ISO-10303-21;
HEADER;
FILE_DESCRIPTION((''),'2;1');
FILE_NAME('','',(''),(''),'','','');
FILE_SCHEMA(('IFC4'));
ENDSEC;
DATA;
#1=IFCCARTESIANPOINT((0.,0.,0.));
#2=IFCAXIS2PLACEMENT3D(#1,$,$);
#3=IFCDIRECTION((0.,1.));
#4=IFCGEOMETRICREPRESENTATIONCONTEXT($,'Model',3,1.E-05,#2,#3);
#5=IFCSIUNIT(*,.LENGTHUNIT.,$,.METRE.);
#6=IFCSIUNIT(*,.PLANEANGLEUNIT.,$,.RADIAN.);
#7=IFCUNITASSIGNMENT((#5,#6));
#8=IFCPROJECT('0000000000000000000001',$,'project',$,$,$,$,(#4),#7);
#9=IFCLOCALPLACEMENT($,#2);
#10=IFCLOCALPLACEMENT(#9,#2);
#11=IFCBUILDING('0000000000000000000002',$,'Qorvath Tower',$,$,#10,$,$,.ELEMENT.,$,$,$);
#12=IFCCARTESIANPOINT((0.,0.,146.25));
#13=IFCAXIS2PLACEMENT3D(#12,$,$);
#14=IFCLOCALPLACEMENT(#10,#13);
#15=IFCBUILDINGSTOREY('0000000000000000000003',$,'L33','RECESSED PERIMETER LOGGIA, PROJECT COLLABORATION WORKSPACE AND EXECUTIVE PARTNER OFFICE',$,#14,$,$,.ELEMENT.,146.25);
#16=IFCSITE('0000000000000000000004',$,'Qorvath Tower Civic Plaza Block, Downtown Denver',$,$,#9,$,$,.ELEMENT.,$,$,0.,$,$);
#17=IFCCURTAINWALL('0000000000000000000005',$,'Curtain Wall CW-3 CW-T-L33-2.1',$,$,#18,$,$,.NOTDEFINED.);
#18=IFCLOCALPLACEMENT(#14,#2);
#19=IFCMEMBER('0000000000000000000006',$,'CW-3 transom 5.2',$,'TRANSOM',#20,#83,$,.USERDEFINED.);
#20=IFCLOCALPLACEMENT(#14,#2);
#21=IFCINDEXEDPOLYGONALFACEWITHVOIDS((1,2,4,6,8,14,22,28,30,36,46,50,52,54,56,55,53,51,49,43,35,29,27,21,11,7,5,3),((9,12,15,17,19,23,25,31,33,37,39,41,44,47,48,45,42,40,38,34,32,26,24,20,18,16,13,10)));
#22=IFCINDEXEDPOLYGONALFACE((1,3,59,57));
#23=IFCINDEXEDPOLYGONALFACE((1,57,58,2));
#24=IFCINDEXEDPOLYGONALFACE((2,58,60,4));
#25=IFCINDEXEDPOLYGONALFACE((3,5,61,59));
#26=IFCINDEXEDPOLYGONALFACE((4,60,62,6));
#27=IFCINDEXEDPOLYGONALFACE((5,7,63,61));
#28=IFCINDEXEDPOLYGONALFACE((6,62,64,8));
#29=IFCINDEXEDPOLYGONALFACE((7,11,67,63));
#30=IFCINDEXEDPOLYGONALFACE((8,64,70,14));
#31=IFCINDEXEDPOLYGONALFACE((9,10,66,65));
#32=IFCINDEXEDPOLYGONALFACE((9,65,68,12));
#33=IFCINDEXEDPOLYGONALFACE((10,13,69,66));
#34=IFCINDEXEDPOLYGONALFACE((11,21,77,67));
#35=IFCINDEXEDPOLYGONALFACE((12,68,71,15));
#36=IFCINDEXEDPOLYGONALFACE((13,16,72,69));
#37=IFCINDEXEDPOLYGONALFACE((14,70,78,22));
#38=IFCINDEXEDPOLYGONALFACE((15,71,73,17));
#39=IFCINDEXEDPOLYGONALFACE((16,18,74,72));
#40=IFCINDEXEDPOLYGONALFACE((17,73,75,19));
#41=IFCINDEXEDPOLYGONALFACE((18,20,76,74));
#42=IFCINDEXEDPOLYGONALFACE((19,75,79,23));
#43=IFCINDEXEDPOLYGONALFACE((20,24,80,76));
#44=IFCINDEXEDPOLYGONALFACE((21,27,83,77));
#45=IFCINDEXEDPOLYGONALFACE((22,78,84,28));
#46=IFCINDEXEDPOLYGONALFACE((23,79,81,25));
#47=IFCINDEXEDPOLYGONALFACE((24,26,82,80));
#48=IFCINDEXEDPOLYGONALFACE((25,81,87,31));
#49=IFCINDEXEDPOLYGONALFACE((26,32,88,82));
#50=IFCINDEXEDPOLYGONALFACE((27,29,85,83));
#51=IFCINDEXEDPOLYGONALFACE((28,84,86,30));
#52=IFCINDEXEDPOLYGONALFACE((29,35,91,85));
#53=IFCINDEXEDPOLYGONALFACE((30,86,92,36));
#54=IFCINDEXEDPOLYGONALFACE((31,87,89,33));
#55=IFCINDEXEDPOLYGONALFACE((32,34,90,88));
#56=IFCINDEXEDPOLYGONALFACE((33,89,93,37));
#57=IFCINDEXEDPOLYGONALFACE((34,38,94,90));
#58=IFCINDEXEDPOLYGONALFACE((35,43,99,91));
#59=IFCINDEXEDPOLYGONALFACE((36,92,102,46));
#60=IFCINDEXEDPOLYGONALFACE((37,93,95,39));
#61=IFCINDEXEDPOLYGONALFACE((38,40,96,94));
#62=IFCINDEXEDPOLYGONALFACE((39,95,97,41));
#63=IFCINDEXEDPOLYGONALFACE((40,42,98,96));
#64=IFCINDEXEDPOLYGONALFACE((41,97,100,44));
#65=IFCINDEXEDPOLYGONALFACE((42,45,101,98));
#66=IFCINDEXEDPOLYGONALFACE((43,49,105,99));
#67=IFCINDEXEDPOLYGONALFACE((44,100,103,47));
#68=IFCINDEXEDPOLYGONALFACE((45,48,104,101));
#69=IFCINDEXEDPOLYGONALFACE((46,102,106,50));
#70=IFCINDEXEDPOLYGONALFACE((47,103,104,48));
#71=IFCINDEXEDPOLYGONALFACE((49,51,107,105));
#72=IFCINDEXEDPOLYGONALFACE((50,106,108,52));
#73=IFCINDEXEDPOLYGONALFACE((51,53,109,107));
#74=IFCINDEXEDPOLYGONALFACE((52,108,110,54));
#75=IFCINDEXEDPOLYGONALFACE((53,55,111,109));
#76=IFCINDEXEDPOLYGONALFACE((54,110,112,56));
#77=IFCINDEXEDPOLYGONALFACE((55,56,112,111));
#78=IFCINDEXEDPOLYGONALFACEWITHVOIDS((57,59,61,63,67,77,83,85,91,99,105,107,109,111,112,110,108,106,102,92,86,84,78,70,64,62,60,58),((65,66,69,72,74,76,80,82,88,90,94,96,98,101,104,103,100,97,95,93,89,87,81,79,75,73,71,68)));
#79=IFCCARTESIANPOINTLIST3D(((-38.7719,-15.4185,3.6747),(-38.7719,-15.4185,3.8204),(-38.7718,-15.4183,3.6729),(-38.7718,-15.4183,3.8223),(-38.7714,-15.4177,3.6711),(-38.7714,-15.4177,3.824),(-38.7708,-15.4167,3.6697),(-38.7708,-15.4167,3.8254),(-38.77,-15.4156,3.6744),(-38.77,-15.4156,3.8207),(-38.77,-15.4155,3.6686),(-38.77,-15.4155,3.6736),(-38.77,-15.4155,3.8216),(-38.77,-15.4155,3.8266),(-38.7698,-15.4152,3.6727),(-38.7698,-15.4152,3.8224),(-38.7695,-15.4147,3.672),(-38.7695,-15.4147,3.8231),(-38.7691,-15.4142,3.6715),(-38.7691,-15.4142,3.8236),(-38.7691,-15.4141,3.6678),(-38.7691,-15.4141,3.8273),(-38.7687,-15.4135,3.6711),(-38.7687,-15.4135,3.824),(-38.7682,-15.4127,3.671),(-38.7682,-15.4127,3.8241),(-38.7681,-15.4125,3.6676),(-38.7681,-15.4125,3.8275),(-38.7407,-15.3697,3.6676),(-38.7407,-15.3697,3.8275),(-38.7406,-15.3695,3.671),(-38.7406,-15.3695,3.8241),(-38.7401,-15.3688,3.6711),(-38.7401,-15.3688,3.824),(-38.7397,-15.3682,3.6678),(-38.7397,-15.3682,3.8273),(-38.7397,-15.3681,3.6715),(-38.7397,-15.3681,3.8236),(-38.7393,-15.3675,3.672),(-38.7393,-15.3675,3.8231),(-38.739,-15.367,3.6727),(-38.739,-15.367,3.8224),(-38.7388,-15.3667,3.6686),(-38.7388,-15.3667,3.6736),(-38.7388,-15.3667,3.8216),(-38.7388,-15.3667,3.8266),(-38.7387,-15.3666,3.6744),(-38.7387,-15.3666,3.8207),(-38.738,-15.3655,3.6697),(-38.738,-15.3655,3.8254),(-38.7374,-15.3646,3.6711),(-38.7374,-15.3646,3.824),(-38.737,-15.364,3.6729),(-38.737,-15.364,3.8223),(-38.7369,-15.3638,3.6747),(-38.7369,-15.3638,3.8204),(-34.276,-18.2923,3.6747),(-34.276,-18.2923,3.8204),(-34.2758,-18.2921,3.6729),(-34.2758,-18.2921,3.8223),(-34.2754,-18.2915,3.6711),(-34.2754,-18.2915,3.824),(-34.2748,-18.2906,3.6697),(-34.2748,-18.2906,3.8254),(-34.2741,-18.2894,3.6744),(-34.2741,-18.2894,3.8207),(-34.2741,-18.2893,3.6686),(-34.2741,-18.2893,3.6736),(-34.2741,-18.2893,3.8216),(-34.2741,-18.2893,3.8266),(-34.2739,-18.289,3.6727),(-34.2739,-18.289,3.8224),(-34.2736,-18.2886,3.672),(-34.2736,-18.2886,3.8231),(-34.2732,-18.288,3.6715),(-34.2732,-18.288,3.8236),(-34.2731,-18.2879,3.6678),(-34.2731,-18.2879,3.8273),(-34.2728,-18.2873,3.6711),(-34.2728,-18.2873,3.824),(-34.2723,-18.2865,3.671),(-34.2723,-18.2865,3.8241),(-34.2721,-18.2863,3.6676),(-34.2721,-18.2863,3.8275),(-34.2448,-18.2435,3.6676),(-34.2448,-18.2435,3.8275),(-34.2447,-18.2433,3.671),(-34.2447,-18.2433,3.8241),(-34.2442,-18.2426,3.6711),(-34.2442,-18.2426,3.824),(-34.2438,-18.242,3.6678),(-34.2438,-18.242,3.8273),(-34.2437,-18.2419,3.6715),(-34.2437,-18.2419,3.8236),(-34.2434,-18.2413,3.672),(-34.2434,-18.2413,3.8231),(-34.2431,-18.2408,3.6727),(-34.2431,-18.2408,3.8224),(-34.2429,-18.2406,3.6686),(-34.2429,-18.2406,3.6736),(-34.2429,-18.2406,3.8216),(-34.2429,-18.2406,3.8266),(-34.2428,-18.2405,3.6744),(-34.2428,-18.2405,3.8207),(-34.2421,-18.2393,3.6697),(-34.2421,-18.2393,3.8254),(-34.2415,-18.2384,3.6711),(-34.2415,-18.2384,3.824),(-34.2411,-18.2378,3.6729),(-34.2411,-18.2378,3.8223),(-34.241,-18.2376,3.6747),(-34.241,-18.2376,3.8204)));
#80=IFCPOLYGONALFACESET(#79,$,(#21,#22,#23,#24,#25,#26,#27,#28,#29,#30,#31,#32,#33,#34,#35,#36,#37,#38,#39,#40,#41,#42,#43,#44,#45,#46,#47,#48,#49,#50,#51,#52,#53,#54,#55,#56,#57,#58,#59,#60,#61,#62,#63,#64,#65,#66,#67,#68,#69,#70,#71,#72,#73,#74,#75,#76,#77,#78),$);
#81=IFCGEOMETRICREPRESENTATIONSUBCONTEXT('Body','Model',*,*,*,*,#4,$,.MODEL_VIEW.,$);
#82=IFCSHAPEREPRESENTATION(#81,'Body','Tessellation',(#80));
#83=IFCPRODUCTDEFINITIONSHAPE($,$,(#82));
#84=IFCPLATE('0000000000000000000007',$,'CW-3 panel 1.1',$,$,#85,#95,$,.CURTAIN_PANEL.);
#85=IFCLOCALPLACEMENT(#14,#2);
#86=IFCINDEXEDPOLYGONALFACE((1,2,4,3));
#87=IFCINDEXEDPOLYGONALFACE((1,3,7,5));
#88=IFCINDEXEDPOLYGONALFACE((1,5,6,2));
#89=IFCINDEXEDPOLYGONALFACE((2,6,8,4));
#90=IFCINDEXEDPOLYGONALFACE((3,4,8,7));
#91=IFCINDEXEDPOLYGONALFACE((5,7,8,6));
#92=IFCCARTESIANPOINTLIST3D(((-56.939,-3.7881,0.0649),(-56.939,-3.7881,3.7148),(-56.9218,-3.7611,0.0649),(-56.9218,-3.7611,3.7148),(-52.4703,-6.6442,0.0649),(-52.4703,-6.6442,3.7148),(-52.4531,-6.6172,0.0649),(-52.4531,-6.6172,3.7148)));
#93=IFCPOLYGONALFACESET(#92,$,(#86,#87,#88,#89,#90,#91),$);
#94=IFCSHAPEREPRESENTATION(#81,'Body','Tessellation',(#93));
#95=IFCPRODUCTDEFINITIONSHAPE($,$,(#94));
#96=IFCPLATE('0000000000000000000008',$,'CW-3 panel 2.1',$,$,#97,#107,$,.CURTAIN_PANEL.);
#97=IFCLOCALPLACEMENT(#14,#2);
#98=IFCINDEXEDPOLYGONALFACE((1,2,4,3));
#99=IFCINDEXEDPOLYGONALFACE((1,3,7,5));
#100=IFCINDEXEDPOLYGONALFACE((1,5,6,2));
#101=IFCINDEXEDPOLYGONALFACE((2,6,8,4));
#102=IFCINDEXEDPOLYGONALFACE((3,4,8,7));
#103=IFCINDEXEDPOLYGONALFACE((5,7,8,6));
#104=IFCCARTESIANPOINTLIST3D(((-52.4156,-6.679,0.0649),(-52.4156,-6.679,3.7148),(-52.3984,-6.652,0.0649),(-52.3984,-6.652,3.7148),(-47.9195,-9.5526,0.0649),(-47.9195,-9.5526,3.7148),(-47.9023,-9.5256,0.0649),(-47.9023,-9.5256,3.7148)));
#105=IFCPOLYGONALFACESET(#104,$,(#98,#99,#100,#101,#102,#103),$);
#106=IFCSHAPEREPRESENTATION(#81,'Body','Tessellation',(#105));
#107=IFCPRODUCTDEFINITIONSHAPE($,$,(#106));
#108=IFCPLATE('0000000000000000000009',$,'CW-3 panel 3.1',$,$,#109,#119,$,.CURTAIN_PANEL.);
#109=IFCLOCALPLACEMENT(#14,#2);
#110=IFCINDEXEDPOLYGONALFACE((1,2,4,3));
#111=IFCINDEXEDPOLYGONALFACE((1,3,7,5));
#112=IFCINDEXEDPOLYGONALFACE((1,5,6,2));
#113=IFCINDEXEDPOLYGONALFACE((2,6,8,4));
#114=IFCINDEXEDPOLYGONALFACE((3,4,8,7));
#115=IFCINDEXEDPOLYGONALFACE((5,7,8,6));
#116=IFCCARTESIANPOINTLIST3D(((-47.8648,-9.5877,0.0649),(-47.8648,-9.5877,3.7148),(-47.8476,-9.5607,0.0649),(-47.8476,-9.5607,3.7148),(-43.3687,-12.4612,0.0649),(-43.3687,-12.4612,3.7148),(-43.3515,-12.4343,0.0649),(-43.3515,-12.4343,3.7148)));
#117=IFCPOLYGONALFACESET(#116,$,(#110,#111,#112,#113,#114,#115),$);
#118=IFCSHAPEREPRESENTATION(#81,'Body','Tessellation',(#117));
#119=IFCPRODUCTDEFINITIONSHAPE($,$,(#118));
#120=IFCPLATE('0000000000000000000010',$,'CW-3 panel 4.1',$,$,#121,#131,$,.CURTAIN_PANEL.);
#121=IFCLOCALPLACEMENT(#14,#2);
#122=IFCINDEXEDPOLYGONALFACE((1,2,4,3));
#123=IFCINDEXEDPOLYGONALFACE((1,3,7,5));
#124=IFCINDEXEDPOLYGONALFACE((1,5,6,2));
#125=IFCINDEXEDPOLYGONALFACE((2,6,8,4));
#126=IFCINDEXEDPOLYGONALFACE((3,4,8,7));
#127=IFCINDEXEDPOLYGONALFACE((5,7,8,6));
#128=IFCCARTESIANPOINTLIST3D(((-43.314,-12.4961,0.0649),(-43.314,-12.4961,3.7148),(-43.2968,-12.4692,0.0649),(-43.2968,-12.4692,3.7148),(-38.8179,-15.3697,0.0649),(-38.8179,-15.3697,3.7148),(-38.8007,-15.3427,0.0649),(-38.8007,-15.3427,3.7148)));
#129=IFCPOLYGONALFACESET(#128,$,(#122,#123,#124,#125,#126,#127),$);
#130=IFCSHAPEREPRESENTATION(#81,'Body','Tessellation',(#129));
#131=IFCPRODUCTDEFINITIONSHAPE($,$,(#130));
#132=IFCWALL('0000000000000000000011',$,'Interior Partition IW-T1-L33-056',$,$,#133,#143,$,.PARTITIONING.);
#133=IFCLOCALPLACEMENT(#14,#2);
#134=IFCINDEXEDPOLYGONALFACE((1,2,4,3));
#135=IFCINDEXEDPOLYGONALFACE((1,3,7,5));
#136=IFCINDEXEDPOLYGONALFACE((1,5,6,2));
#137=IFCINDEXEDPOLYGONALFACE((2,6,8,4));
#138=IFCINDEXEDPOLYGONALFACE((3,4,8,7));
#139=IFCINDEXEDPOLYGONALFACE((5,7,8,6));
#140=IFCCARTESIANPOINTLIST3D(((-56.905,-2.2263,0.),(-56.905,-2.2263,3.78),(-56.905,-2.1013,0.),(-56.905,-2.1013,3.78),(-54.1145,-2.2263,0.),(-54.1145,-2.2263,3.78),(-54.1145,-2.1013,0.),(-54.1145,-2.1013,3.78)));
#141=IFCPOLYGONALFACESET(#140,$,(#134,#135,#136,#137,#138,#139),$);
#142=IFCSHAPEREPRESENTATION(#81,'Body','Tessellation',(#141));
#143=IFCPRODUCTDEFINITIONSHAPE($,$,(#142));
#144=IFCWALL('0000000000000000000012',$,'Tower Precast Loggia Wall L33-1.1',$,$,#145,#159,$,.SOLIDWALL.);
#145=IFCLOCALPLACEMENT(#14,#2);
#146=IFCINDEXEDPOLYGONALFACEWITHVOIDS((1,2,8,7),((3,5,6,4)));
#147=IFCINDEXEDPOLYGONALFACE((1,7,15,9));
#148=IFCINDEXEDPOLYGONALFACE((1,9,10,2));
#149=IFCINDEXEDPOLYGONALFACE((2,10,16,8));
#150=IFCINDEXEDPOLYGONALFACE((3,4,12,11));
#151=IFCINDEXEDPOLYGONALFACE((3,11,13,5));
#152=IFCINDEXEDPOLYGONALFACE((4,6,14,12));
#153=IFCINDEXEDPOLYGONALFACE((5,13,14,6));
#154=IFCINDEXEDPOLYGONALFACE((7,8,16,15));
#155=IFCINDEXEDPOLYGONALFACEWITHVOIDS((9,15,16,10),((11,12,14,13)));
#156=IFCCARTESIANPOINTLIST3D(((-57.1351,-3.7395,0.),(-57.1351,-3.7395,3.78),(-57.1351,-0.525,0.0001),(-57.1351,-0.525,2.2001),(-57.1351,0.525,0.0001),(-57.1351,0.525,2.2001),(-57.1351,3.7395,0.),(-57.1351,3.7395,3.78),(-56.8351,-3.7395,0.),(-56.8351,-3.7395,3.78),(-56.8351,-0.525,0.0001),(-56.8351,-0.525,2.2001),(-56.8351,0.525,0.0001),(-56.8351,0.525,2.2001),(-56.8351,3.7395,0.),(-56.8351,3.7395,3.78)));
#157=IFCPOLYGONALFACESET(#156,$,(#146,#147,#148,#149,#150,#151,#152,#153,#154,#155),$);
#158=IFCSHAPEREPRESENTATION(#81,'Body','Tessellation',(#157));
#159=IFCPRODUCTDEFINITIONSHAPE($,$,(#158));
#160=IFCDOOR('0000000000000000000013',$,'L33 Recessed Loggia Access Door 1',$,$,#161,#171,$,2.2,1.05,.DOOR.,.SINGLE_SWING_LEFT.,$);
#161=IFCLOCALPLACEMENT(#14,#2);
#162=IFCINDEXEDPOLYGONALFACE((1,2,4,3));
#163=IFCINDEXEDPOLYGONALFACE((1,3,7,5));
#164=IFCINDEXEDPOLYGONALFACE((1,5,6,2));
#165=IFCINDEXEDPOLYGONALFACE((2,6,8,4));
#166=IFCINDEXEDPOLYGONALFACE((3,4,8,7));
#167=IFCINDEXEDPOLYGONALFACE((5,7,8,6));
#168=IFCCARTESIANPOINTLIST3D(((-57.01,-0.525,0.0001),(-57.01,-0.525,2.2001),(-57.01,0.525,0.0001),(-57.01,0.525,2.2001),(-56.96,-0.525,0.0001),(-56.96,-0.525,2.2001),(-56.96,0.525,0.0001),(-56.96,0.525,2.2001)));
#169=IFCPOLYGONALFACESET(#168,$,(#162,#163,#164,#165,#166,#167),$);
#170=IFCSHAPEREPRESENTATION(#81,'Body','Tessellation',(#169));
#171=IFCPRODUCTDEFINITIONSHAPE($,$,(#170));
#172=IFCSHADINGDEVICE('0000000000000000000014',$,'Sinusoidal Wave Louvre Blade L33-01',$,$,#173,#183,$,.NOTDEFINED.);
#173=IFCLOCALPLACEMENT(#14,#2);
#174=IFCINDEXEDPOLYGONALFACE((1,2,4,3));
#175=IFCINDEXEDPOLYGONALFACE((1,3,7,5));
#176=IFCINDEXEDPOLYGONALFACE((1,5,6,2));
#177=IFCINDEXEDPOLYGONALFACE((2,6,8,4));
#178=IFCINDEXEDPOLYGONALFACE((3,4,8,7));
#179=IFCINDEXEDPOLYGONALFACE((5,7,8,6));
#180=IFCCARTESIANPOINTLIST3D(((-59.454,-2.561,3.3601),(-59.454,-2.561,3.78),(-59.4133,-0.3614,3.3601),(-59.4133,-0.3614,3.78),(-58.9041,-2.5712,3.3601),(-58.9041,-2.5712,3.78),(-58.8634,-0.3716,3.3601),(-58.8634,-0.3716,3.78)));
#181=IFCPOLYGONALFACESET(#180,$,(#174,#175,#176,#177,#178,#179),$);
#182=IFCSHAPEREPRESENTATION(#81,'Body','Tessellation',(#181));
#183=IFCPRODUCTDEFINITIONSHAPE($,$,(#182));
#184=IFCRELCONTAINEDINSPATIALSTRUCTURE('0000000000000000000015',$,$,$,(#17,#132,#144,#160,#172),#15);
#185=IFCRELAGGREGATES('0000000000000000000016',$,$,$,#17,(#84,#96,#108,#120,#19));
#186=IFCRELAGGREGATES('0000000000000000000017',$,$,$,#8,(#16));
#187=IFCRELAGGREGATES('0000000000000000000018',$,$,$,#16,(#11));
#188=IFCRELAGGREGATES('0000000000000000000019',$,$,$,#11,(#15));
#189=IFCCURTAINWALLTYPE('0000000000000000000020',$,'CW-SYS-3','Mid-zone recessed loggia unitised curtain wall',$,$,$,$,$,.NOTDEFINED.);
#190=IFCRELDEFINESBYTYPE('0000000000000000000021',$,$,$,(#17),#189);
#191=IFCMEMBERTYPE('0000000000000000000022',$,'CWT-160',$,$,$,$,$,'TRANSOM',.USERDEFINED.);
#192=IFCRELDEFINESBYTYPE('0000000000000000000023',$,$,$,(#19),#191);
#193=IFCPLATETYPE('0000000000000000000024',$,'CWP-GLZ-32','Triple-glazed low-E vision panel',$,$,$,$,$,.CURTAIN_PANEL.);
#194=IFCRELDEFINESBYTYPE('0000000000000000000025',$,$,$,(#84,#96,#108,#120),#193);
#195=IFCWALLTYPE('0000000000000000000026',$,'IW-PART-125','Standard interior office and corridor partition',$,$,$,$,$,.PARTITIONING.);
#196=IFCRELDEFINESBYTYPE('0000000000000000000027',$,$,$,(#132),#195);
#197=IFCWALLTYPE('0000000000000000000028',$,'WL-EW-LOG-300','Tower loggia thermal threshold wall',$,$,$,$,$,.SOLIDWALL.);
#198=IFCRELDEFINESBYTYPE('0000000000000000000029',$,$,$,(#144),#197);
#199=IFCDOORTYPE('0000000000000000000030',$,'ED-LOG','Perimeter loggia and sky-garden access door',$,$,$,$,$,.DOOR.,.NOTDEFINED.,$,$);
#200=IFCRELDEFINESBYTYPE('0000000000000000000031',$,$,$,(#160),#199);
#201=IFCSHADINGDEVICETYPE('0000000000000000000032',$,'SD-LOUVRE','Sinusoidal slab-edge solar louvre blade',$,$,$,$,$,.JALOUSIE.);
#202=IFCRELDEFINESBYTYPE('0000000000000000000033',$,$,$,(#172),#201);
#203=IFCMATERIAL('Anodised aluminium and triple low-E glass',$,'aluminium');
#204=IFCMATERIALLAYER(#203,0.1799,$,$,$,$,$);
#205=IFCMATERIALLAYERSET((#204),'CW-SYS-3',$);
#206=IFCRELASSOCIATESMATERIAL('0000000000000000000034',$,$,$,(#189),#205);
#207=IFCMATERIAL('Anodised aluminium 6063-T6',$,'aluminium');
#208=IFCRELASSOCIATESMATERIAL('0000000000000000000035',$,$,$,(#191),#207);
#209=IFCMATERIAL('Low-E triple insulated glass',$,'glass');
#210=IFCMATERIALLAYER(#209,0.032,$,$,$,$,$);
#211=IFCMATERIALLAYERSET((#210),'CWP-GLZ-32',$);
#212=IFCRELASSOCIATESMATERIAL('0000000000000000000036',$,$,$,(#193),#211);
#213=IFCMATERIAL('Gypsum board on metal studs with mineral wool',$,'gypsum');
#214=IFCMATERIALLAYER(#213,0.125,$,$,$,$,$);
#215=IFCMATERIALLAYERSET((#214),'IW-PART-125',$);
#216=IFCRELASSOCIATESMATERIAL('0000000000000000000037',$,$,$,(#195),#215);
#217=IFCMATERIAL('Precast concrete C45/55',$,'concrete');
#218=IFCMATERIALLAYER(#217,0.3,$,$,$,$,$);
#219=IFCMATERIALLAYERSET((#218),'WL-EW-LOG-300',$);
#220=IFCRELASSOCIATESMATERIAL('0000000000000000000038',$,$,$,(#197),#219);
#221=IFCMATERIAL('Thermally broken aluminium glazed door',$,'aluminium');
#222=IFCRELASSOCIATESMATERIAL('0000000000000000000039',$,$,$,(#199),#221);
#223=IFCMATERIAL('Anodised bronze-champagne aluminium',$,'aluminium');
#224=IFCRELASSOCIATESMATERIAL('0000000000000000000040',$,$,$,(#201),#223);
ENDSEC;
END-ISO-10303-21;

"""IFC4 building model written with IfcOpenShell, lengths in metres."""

from ifc_helpers import new_model, si_unit, direction, frame, frame_2d, origin, origin_2d, place, context, subcontext, project, spatial, rectangle, hollow_rectangle, extrude, material, layer, layer_set, material_profile, profile_set, type_object, element, fill, aggregate, save


model = new_model("IFC4")

# Units and contexts
model_context = context("Model", 3, precision=1e-05, world=origin(), true_north=direction((0.0, 1.0)))
body_context = subcontext(model_context, "Body", "Model", "MODEL_VIEW")
ifc_project = project(units=[si_unit("LENGTHUNIT", "METRE"), si_unit("PLANEANGLEUNIT", "RADIAN")], contexts=[model_context])

# Site, building, storey
site_placement = place(None, origin())
site = spatial("IfcSite", under=ifc_project, at=site_placement, Name="Qorvath Tower Civic Plaza Block, Downtown Denver", CompositionType="ELEMENT", RefElevation=0.0)
building_placement = place(site_placement, origin())
building = spatial("IfcBuilding", under=site, at=building_placement, Name="Qorvath Tower", CompositionType="ELEMENT")
storey_placement = place(building_placement, frame((0.0, 0.0, 146.25)))
storey = spatial("IfcBuildingStorey", under=building, at=storey_placement, Name="L33", Description="RECESSED PERIMETER LOGGIA, PROJECT COLLABORATION WORKSPACE AND EXECUTIVE PARTNER OFFICE", CompositionType="ELEMENT", Elevation=146.25)

# Curtain wall, member, plates
ifc_material_1 = material(Name="Anodised aluminium and triple low-E glass", Category="aluminium")
ifc_layer_1 = layer(ifc_material_1, 0.1799)
ifc_layer_set_1 = layer_set([ifc_layer_1], Name="CW-SYS-3")
curtain_wall_type = type_object("IfcCurtainWallType", Name="CW-SYS-3", Description="Mid-zone recessed loggia unitised curtain wall", PredefinedType="NOTDEFINED", material=ifc_layer_set_1)
curtain_wall_placement = place(storey_placement, origin())
curtain_wall = element("IfcCurtainWall", 1, at=curtain_wall_placement, inside=storey, type_object=curtain_wall_type, Name="Curtain Wall CW-3 CW-T-L33-2.1", PredefinedType="NOTDEFINED")
ifc_material_2 = material(Name="Anodised aluminium 6063-T6", Category="aluminium")
ifc_material_profile_1 = material_profile(ifc_material_2, hollow_rectangle(XDim=0.0649, YDim=0.1599, WallThickness=0.0034, InnerFilletRadius=0.0034, OuterFilletRadius=0.0071, at=origin_2d()), Name="CWT 160x65")
ifc_profile_set_1 = profile_set([ifc_material_profile_1], Name="Anodised aluminium 6063-T6")
member_type_1 = type_object("IfcMemberType", Name="CWT-160", ElementType="TRANSOM", PredefinedType="USERDEFINED", material=ifc_profile_set_1)
member_1_placement = place(storey_placement, frame((-38.7544, -15.3911, 3.7476), z_axis=(0.842575, -0.53858, 0.0), x_axis=(0.53858, 0.842575, 0.0)))
member_1 = element("IfcMember", 2, at=member_1_placement, type_object=member_type_1, Name="CW-3 transom 5.2", ObjectType="TRANSOM", PredefinedType="USERDEFINED", context=body_context, shape_type="SweptSolid", body=[
    extrude(hollow_rectangle(XDim=0.0649, YDim=0.1599, WallThickness=0.0034, InnerFilletRadius=0.0034, OuterFilletRadius=0.0071, at=origin_2d()), origin(), (0.0, 0.0, 1.0), 5.3359),
])
ifc_material_3 = material(Name="Low-E triple insulated glass", Category="glass")
ifc_layer_2 = layer(ifc_material_3, 0.032)
ifc_layer_set_2 = layer_set([ifc_layer_2], Name="CWP-GLZ-32")
plate_type = type_object("IfcPlateType", Name="CWP-GLZ-32", Description="Triple-glazed low-E vision panel", PredefinedType="CURTAIN_PANEL", material=ifc_layer_set_2)
plate_1_placement = place(storey_placement, frame((-54.696, -5.2026, 0.0649), z_axis=(0.0, 0.0, 1.0), x_axis=(0.842604, -0.538533, 0.0)))
plate_1 = element("IfcPlate", 3, at=plate_1_placement, type_object=plate_type, Name="CW-3 panel 1.1", PredefinedType="CURTAIN_PANEL", context=body_context, shape_type="SweptSolid", body=[
    extrude(rectangle(XDim=5.3035, YDim=0.032, at=origin_2d()), origin(), (0.0, 0.0, 1.0), 3.6499),
])
plate_2_placement = place(storey_placement, frame((-50.1589, -8.1023, 0.0649), z_axis=(0.0, 0.0, 1.0), x_axis=(0.842604, -0.538533, 0.0)))
plate_2 = element("IfcPlate", 4, at=plate_2_placement, type_object=plate_type, Name="CW-3 panel 2.1", PredefinedType="CURTAIN_PANEL", context=body_context, shape_type="SweptSolid", body=[
    extrude(rectangle(XDim=5.3359, YDim=0.032, at=origin_2d()), origin(), (0.0, 0.0, 1.0), 3.6499),
])
plate_3_placement = place(storey_placement, frame((-45.6082, -11.011, 0.0649), z_axis=(0.0, 0.0, 1.0), x_axis=(0.842604, -0.538533, 0.0)))
plate_3 = element("IfcPlate", 5, at=plate_3_placement, type_object=plate_type, Name="CW-3 panel 3.1", PredefinedType="CURTAIN_PANEL", context=body_context, shape_type="SweptSolid", body=[
    extrude(rectangle(XDim=5.3359, YDim=0.032, at=origin_2d()), origin(), (0.0, 0.0, 1.0), 3.6499),
])
plate_4_placement = place(storey_placement, frame((-41.0574, -13.9194, 0.0649), z_axis=(0.0, 0.0, 1.0), x_axis=(0.842604, -0.538533, 0.0)))
plate_4 = element("IfcPlate", 6, at=plate_4_placement, type_object=plate_type, Name="CW-3 panel 4.1", PredefinedType="CURTAIN_PANEL", context=body_context, shape_type="SweptSolid", body=[
    extrude(rectangle(XDim=5.3359, YDim=0.032, at=origin_2d()), origin(), (0.0, 0.0, 1.0), 3.6499),
])
aggregate(curtain_wall, [plate_1, plate_2, plate_3, plate_4, member_1])

# Wall
ifc_material_4 = material(Name="Gypsum board on metal studs with mineral wool", Category="gypsum")
ifc_layer_3 = layer(ifc_material_4, 0.125)
ifc_layer_set_3 = layer_set([ifc_layer_3], Name="IW-PART-125")
wall_type_1 = type_object("IfcWallType", Name="IW-PART-125", Description="Standard interior office and corridor partition", PredefinedType="PARTITIONING", material=ifc_layer_set_3)
wall_1_placement = place(storey_placement, frame((-54.1145, -2.1638, 0.0), z_axis=(0.0, 0.0, 1.0), x_axis=(-1.0, 0.0, 0.0)))
element("IfcWall", 7, at=wall_1_placement, inside=storey, type_object=wall_type_1, Name="Interior Partition IW-T1-L33-056", PredefinedType="PARTITIONING", context=body_context, shape_type="SweptSolid", body=[
    extrude(rectangle(XDim=2.7905, YDim=0.125, at=frame_2d((1.3953, 0.0))), origin(), (0.0, 0.0, 1.0), 3.78),
])

# Wall, opening, door
ifc_material_5 = material(Name="Precast concrete C45/55", Category="concrete")
ifc_layer_4 = layer(ifc_material_5, 0.3)
ifc_layer_set_4 = layer_set([ifc_layer_4], Name="WL-EW-LOG-300")
wall_type_2 = type_object("IfcWallType", Name="WL-EW-LOG-300", Description="Tower loggia thermal threshold wall", PredefinedType="SOLIDWALL", material=ifc_layer_set_4)
wall_2_placement = place(storey_placement, frame((-56.9851, -3.7395, 0.0), z_axis=(0.0, 0.0, 1.0), x_axis=(0.0, 1.0, 0.0)))
wall_2 = element("IfcWall", 8, at=wall_2_placement, inside=storey, type_object=wall_type_2, Name="Tower Precast Loggia Wall L33-1.1", PredefinedType="SOLIDWALL", context=body_context, shape_type="SweptSolid", body=[
    extrude(rectangle(XDim=7.479, YDim=0.3, at=frame_2d((3.7395, 0.0))), origin(), (0.0, 0.0, 1.0), 3.78),
])
opening_placement = place(wall_2_placement, frame((3.2146, 0.0, 0.0)))
opening = element("IfcOpeningElement", 9, at=opening_placement, cuts=wall_2, PredefinedType="OPENING", context=body_context, shape_type="SweptSolid", body=[
    extrude(rectangle(XDim=1.05, YDim=2.2, at=frame_2d((0.5249, 1.1001))), frame((0.0, 0.1602, 0.0), z_axis=(0.0, -1.0, 0.0), x_axis=(1.0, 0.0, 0.0)), (0.0, 0.0, 1.0), 0.3201),
])
ifc_material_6 = material(Name="Thermally broken aluminium glazed door", Category="aluminium")
door_type = type_object("IfcDoorType", Name="ED-LOG", Description="Perimeter loggia and sky-garden access door", OperationType="NOTDEFINED", PredefinedType="DOOR", material=ifc_material_6)
door_placement = place(opening_placement, origin())
door = element("IfcDoor", 10, at=door_placement, inside=storey, type_object=door_type, Name="L33 Recessed Loggia Access Door 1", OperationType="SINGLE_SWING_LEFT", OverallHeight=2.2, OverallWidth=1.05, PredefinedType="DOOR", context=body_context, shape_type="SweptSolid", body=[
    extrude(rectangle(XDim=1.05, YDim=2.2, at=frame_2d((0.5249, 1.1001))), frame((0.0, 0.0249, 0.0), z_axis=(0.0, -1.0, 0.0), x_axis=(1.0, 0.0, 0.0)), (0.0, 0.0, 1.0), 0.05),
])
fill(opening, door)

# Shading device
ifc_material_7 = material(Name="Anodised bronze-champagne aluminium", Category="aluminium")
shading_device_type = type_object("IfcShadingDeviceType", Name="SD-LOUVRE", Description="Sinusoidal slab-edge solar louvre blade", PredefinedType="JALOUSIE", material=ifc_material_7)
shading_device_placement = place(storey_placement, frame((-59.1587, -1.4663, 3.3601), z_axis=(0.0, 0.0, 1.0), x_axis=(-0.018501, -0.999829, 0.0)))
element("IfcShadingDevice", 11, at=shading_device_placement, inside=storey, type_object=shading_device_type, Name="Sinusoidal Wave Louvre Blade L33-01", PredefinedType="NOTDEFINED", context=body_context, shape_type="SweptSolid", body=[
    extrude(rectangle(XDim=2.2, YDim=0.55, at=origin_2d()), origin(), (0.0, 0.0, 1.0), 0.4199),
])

save(model, "model.ifc")
